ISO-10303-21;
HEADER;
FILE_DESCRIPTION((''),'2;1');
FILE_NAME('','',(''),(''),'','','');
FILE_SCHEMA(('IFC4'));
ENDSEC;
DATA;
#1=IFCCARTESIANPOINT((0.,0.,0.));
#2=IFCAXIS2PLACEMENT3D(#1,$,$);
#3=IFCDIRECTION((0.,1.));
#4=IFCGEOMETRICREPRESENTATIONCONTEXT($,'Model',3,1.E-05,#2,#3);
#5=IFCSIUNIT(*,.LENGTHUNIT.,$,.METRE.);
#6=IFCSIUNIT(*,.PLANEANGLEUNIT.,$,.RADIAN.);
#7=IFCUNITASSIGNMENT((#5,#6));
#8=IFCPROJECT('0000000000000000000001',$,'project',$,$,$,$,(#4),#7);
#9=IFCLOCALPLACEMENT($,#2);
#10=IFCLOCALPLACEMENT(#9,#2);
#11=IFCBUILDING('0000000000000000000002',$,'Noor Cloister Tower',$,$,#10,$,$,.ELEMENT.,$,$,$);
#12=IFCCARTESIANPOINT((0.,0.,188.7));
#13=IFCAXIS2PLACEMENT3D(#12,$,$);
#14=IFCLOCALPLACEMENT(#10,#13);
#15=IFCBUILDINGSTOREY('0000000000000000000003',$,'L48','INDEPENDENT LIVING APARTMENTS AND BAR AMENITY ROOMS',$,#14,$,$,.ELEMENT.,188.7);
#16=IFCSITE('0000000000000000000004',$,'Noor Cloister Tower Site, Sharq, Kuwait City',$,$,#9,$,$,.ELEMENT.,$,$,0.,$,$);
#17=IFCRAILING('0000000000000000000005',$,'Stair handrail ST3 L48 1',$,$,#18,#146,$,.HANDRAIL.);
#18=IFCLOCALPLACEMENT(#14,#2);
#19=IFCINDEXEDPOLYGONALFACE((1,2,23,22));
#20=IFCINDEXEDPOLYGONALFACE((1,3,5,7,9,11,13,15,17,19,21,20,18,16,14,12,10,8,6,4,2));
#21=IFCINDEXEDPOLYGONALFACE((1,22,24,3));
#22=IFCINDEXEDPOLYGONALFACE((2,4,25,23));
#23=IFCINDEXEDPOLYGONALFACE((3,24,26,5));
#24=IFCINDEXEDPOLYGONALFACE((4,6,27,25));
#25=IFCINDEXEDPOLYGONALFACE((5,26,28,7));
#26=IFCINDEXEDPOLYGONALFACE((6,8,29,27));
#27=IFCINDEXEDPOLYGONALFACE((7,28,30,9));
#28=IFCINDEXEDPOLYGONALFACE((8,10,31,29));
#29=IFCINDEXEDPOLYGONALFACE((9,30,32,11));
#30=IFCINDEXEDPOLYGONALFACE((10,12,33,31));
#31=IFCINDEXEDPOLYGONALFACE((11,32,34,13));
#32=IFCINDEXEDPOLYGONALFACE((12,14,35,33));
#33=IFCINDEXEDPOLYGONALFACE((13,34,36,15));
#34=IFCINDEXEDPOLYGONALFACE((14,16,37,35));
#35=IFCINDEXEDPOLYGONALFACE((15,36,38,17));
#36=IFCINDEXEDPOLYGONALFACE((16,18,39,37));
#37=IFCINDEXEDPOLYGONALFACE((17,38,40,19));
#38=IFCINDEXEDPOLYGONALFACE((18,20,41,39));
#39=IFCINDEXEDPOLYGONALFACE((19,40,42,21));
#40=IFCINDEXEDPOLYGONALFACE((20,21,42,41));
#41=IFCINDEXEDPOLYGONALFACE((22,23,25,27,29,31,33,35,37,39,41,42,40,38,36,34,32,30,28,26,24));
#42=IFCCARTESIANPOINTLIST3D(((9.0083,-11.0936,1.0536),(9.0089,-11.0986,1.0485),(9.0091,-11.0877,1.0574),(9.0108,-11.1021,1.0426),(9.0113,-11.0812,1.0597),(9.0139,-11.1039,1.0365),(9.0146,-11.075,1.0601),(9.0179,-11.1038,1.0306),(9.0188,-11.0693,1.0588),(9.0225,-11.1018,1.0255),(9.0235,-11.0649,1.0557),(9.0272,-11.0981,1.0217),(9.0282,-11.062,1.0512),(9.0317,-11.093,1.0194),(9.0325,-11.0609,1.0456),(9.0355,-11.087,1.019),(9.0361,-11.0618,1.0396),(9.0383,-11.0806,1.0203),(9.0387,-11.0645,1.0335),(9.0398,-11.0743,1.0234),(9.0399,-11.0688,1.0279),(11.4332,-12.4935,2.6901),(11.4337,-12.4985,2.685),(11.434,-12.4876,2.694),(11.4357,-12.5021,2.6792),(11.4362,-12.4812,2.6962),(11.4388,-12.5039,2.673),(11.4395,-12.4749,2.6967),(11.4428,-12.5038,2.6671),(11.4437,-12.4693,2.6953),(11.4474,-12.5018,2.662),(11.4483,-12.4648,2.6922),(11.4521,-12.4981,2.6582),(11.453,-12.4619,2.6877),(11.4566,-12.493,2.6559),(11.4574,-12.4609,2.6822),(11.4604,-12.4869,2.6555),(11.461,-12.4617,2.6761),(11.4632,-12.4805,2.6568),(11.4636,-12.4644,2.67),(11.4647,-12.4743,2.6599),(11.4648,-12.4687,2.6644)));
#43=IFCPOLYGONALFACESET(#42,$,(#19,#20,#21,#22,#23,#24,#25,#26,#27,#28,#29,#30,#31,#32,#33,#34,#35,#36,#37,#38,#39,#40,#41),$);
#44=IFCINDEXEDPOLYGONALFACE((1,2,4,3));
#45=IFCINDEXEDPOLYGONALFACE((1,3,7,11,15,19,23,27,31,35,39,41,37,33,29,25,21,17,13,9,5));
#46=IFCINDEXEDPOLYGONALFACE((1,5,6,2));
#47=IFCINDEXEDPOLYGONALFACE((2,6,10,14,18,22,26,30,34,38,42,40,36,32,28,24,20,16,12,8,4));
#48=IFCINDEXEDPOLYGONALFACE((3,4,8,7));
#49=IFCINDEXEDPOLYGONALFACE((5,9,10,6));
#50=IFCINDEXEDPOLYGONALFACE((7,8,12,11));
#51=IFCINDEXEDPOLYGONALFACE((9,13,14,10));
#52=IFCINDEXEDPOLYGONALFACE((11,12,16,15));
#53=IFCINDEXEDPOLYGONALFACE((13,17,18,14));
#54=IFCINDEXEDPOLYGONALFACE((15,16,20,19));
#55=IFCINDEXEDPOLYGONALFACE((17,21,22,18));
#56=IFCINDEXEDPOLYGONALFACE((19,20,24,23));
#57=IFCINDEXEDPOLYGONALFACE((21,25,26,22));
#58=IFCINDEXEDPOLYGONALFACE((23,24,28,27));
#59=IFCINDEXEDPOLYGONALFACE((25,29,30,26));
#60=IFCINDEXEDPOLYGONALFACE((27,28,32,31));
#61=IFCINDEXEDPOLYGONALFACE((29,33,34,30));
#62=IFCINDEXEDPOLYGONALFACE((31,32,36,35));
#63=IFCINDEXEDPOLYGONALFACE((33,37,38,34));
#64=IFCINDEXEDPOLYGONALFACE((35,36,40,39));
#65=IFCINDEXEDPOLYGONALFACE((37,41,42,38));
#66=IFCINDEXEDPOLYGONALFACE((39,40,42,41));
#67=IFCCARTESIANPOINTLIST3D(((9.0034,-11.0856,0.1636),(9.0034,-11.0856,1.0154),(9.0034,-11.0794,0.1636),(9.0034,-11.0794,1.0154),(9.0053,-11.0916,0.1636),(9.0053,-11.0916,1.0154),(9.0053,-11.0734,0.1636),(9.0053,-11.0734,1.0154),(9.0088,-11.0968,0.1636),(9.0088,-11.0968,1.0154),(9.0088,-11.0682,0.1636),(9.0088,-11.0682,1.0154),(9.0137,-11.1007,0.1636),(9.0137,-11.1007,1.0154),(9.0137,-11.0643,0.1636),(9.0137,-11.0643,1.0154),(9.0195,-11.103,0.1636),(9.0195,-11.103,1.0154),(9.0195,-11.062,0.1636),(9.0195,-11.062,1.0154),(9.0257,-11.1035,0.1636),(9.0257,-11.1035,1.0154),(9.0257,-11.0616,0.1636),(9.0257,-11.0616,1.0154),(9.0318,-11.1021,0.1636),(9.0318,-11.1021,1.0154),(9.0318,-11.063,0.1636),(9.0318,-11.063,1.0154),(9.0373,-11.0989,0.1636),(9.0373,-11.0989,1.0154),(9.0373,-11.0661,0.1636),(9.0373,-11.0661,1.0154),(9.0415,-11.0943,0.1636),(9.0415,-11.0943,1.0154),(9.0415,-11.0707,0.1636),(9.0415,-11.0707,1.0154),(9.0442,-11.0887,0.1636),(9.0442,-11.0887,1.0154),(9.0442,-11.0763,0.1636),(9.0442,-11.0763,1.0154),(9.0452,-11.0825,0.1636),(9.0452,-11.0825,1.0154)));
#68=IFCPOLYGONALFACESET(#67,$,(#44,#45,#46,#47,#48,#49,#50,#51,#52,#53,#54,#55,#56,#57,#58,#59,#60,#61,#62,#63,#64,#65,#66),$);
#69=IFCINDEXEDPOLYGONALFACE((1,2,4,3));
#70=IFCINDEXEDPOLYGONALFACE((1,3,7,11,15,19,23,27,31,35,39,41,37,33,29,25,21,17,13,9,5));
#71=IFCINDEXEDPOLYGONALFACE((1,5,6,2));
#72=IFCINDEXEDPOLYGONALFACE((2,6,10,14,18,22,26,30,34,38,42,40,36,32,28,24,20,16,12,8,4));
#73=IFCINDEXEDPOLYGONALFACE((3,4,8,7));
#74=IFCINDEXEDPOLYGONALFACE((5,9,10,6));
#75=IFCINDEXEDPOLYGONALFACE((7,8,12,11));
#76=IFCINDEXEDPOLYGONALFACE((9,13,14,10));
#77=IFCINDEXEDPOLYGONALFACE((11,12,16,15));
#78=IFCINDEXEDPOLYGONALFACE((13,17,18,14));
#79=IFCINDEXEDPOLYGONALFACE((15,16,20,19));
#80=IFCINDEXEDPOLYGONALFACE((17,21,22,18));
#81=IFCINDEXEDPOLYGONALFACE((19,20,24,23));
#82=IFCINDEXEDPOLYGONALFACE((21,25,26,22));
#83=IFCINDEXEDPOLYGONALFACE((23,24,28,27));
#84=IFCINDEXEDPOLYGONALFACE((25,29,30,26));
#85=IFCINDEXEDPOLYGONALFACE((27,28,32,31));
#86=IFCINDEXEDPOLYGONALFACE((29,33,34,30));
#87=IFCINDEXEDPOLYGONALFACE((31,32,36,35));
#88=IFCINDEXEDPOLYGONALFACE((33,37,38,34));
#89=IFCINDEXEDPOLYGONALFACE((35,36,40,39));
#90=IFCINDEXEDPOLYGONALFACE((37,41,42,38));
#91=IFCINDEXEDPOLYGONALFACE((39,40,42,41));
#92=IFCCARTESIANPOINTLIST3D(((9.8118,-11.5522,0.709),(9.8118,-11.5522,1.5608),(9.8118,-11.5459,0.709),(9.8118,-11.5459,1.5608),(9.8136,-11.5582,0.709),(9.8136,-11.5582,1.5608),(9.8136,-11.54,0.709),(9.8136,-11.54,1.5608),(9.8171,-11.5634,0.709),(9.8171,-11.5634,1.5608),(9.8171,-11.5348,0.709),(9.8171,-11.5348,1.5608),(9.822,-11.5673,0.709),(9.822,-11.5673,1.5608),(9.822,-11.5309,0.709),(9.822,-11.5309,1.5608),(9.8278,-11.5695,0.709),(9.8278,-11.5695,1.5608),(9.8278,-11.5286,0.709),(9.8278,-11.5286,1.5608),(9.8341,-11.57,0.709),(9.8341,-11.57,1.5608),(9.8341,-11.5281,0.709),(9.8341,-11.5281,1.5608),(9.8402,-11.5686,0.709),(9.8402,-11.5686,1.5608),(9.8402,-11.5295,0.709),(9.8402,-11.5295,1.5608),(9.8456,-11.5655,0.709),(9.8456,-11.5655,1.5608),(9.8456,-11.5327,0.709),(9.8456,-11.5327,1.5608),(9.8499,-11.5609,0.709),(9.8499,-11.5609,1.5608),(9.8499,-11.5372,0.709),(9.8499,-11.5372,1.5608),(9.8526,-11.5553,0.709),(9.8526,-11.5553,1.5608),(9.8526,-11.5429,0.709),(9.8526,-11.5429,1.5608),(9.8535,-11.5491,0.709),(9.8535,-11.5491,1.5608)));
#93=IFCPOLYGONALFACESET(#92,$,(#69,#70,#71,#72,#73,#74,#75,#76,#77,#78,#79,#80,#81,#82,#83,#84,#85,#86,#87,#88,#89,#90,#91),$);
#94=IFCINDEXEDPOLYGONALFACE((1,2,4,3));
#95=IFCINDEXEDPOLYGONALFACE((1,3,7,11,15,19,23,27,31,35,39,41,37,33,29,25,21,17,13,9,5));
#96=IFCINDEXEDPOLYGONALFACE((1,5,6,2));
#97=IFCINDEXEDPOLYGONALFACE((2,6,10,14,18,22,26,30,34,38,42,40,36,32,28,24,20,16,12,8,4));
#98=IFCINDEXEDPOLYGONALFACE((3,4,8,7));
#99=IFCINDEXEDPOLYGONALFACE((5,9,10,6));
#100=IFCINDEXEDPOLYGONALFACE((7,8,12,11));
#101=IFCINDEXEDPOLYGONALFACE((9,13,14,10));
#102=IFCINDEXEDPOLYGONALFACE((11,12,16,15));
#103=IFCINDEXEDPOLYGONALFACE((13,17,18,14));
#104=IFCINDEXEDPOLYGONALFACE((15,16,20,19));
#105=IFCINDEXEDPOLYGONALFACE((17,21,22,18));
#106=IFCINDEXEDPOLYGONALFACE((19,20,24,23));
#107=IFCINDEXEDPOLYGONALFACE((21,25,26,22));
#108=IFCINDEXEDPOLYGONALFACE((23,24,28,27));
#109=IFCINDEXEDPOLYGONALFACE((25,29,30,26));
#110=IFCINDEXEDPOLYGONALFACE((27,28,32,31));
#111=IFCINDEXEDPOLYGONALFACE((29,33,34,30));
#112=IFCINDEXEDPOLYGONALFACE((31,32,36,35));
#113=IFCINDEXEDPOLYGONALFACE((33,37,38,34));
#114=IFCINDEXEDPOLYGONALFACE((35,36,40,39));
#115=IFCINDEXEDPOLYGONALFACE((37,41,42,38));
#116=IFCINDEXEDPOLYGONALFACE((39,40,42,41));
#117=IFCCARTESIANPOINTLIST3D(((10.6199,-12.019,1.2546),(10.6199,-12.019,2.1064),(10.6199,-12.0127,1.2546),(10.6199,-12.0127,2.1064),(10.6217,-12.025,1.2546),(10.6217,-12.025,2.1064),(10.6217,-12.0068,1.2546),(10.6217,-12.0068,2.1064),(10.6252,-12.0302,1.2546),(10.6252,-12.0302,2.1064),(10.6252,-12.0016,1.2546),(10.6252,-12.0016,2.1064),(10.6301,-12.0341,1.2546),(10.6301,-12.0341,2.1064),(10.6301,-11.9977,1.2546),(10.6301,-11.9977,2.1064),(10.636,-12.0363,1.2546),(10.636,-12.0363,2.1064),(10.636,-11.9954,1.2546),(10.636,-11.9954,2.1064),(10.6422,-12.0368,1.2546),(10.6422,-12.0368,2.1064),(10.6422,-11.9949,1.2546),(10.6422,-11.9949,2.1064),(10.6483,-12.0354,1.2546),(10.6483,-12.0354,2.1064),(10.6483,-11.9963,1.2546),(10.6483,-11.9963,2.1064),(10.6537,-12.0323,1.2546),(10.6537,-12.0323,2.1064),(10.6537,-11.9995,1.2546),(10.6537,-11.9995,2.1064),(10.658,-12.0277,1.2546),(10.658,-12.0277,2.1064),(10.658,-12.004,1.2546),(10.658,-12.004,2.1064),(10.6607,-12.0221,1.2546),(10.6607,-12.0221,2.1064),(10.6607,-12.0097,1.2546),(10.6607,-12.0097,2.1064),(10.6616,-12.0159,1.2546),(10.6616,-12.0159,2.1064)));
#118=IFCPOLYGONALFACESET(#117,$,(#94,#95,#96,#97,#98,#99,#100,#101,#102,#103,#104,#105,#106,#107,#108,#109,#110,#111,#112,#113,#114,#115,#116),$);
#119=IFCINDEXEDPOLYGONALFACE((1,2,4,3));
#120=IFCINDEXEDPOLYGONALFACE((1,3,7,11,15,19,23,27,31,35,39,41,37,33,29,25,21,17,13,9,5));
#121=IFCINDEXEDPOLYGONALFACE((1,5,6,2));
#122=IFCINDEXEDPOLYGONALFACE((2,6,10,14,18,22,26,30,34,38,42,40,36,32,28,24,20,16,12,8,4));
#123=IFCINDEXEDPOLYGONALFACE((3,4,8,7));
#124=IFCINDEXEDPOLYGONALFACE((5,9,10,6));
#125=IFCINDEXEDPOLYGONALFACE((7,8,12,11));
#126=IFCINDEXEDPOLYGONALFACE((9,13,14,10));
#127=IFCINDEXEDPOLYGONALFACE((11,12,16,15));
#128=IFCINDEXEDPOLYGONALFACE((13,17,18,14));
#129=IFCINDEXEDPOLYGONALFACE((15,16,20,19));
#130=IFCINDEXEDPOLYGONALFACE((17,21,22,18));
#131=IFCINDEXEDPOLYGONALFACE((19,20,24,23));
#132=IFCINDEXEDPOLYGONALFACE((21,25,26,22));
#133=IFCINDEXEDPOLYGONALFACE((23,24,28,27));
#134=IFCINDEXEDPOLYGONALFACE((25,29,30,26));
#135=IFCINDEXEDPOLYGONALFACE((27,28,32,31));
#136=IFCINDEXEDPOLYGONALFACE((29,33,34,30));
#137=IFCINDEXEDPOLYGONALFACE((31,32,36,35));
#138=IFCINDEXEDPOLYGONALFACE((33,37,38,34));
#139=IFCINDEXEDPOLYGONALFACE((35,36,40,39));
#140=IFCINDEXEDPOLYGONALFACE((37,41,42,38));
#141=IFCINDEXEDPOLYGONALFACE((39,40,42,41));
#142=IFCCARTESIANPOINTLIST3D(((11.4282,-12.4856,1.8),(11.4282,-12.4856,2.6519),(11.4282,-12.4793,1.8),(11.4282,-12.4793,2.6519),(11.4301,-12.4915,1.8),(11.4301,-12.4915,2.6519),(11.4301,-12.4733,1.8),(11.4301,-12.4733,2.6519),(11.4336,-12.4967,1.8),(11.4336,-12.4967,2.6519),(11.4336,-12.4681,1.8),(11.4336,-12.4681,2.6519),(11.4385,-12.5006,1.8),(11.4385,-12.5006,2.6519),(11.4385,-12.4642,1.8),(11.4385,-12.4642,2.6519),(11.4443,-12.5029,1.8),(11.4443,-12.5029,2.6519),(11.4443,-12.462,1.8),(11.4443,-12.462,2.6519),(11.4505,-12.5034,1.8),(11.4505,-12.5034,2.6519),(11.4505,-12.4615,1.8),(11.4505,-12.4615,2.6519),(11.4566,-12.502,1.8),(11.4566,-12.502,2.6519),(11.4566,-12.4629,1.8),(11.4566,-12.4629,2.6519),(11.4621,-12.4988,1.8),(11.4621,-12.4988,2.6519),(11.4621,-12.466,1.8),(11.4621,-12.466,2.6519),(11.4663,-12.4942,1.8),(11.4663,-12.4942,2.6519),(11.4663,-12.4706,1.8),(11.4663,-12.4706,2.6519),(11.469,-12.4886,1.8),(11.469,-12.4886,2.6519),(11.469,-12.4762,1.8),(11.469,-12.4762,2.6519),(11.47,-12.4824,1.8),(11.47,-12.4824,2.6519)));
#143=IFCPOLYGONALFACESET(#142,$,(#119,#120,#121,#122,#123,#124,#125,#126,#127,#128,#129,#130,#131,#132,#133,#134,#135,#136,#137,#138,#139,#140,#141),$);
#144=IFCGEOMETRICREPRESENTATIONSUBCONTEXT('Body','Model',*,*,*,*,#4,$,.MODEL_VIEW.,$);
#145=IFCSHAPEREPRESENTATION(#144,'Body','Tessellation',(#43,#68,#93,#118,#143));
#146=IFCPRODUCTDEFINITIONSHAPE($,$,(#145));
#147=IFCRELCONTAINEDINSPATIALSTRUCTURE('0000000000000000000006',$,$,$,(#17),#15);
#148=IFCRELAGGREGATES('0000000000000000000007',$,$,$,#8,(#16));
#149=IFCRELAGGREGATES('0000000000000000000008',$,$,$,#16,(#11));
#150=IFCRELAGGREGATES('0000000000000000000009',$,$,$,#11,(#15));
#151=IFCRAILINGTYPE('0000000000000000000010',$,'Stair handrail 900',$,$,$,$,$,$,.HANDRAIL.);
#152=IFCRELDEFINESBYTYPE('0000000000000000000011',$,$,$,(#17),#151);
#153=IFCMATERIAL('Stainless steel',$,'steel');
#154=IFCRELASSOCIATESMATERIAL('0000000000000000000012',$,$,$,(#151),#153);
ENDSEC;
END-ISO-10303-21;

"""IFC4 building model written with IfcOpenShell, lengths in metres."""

from ifc_helpers import new_model, si_unit, direction, frame, origin, origin_2d, place, context, subcontext, project, spatial, circle, extrude, material, type_object, element, save


model = new_model("IFC4")

# Units and contexts
model_context = context("Model", 3, precision=1e-05, world=origin(), true_north=direction((0.0, 1.0)))
body_context = subcontext(model_context, "Body", "Model", "MODEL_VIEW")
ifc_project = project(units=[si_unit("LENGTHUNIT", "METRE"), si_unit("PLANEANGLEUNIT", "RADIAN")], contexts=[model_context])

# Site, building, storey
site_placement = place(None, origin())
site = spatial("IfcSite", under=ifc_project, at=site_placement, Name="Noor Cloister Tower Site, Sharq, Kuwait City", CompositionType="ELEMENT", RefElevation=0.0)
building_placement = place(site_placement, origin())
building = spatial("IfcBuilding", under=site, at=building_placement, Name="Noor Cloister Tower", CompositionType="ELEMENT")
storey_placement = place(building_placement, frame((0.0, 0.0, 188.7)))
storey = spatial("IfcBuildingStorey", under=building, at=storey_placement, Name="L48", Description="INDEPENDENT LIVING APARTMENTS AND BAR AMENITY ROOMS", CompositionType="ELEMENT", Elevation=188.7)

# Railing
ifc_material_1 = material(Name="Stainless steel", Category="steel")
railing_type_1 = type_object("IfcRailingType", Name="Stair handrail 900", PredefinedType="HANDRAIL", material=ifc_material_1)
railing_1_placement = place(storey_placement, frame((9.0242, -11.0825, 0.1636)))
element("IfcRailing", 1, at=railing_1_placement, inside=storey, type_object=railing_type_1, Name="Stair handrail ST3 L48 1", PredefinedType="HANDRAIL", context=body_context, shape_type="SweptSolid", body=[
    extrude(circle(Radius=0.0239, at=origin_2d()), frame((0.0, 0.0, 0.876), z_axis=(0.74769, -0.431661, 0.504608), x_axis=(0.499984, 0.866035, 0.0)), (0.0, 0.0, 1.0), 3.2432),
    extrude(circle(Radius=0.021, at=origin_2d()), origin(), (0.0, 0.0, 1.0), 0.8518),
    extrude(circle(Radius=0.021, at=origin_2d()), frame((0.8083, -0.4666, 0.5454)), (0.0, 0.0, 1.0), 0.8518),
    extrude(circle(Radius=0.021, at=origin_2d()), frame((1.6165, -0.9333, 1.0911)), (0.0, 0.0, 1.0), 0.8518),
    extrude(circle(Radius=0.021, at=origin_2d()), frame((2.4248, -1.3999, 1.6365)), (0.0, 0.0, 1.0), 0.8518),
])

save(model, "model.ifc")
